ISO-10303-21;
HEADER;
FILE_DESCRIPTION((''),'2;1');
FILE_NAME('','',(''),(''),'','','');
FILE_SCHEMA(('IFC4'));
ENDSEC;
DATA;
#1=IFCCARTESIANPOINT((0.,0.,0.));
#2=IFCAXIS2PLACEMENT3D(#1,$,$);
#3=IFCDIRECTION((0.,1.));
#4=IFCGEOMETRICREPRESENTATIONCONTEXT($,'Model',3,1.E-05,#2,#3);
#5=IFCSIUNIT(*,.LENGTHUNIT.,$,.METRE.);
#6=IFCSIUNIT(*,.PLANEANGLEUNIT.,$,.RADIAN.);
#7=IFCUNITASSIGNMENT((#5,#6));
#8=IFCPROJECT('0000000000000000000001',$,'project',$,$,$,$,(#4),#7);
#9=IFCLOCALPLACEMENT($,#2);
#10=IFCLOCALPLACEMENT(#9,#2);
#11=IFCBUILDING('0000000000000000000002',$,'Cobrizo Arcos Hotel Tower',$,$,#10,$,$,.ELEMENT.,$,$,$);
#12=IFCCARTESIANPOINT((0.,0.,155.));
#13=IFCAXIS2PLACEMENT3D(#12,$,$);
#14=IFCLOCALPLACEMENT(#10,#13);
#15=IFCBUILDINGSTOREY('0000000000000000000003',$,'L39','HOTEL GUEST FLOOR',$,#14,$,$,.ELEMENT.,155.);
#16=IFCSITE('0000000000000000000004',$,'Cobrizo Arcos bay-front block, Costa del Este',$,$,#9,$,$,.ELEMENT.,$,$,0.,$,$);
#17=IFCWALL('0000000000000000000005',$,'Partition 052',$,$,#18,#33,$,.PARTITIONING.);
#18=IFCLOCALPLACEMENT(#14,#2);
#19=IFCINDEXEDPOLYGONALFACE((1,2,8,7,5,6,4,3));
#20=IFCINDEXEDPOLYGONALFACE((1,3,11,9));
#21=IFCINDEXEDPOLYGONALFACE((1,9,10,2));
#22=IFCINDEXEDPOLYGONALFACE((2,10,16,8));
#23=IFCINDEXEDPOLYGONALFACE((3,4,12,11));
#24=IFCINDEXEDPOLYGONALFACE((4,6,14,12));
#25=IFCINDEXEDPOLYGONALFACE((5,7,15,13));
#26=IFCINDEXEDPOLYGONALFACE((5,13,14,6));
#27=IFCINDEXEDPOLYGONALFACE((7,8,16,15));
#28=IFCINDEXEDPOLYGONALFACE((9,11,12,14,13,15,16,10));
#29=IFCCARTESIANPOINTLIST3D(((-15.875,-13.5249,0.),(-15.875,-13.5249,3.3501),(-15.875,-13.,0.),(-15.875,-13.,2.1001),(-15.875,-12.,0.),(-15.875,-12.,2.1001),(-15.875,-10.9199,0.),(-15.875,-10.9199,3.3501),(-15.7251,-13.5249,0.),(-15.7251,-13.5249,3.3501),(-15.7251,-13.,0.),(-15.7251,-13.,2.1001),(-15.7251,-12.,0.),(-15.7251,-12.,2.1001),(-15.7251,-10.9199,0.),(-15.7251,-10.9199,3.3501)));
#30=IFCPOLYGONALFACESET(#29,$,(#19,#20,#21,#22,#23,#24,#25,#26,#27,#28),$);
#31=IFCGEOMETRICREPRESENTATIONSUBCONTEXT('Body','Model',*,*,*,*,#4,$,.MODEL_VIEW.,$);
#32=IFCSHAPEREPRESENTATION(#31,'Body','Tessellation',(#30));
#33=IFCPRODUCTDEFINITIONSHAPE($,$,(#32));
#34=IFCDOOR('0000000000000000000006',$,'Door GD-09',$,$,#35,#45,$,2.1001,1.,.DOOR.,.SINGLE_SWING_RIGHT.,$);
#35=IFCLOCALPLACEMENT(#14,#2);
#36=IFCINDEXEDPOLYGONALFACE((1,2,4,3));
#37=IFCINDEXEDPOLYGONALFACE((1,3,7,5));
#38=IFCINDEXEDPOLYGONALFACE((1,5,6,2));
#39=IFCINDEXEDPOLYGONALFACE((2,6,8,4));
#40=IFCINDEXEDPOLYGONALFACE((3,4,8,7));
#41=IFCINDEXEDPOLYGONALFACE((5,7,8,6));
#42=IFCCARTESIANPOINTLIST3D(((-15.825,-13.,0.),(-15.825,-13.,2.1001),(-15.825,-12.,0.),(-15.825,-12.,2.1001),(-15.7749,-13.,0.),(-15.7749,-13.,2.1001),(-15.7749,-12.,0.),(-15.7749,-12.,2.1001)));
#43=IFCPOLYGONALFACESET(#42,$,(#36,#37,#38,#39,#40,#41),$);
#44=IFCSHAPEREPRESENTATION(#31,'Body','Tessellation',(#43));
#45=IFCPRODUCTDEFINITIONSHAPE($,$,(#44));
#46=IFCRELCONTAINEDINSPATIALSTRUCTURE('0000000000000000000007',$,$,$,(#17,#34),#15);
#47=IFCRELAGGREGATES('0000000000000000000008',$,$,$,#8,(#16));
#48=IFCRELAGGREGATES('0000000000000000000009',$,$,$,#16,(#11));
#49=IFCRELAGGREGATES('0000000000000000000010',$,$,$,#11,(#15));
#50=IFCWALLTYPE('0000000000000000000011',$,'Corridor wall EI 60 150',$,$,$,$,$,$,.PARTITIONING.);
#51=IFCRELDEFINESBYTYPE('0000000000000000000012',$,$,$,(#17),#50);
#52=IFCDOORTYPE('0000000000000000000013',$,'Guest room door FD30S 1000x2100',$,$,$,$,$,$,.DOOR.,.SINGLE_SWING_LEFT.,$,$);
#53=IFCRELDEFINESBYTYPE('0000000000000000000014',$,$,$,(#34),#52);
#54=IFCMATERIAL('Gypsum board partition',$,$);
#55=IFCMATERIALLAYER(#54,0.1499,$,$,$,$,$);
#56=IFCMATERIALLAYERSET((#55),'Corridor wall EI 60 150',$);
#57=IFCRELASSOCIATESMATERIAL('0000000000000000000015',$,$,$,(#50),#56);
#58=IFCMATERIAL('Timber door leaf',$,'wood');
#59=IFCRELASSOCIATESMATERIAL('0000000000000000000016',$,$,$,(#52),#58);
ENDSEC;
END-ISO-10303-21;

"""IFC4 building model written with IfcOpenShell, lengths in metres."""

from ifc_helpers import new_model, si_unit, direction, frame, frame_2d, origin, place, context, subcontext, project, spatial, rectangle, extrude, material, layer, layer_set, type_object, element, fill, save


model = new_model("IFC4")

# Units and contexts
model_context = context("Model", 3, precision=1e-05, world=origin(), true_north=direction((0.0, 1.0)))
body_context = subcontext(model_context, "Body", "Model", "MODEL_VIEW")
ifc_project = project(units=[si_unit("LENGTHUNIT", "METRE"), si_unit("PLANEANGLEUNIT", "RADIAN")], contexts=[model_context])

# Site, building, storey
site_placement = place(None, origin())
site = spatial("IfcSite", under=ifc_project, at=site_placement, Name="Cobrizo Arcos bay-front block, Costa del Este", CompositionType="ELEMENT", RefElevation=0.0)
building_placement = place(site_placement, origin())
building = spatial("IfcBuilding", under=site, at=building_placement, Name="Cobrizo Arcos Hotel Tower", CompositionType="ELEMENT")
storey_placement = place(building_placement, frame((0.0, 0.0, 155.0)))
storey = spatial("IfcBuildingStorey", under=building, at=storey_placement, Name="L39", Description="HOTEL GUEST FLOOR", CompositionType="ELEMENT", Elevation=155.0)

# Shared definitions
ifc_material_1 = material(Name="Gypsum board partition")
ifc_layer_1 = layer(ifc_material_1, 0.1499)
ifc_layer_set_1 = layer_set([ifc_layer_1], Name="Corridor wall EI 60 150")
wall_type_1 = type_object("IfcWallType", Name="Corridor wall EI 60 150", PredefinedType="PARTITIONING", material=ifc_layer_set_1)
ifc_material_2 = material(Name="Timber door leaf", Category="wood")
door_type_1 = type_object("IfcDoorType", Name="Guest room door FD30S 1000x2100", OperationType="SINGLE_SWING_LEFT", PredefinedType="DOOR", material=ifc_material_2)

# Wall, opening, door
wall_1_placement = place(storey_placement, frame((-15.8, -13.5249, 0.0), z_axis=(0.0, 0.0, 1.0), x_axis=(0.0, 1.0, 0.0)))
wall_1 = element("IfcWall", 1, at=wall_1_placement, inside=storey, type_object=wall_type_1, Name="Partition 052", PredefinedType="PARTITIONING", context=body_context, shape_type="SweptSolid", body=[
    extrude(rectangle(XDim=2.605, YDim=0.1499, at=frame_2d((1.3025, 0.0))), origin(), (0.0, 0.0, 1.0), 3.3501),
])
opening_1_placement = place(wall_1_placement, frame((0.5249, 0.0, 0.0)))
opening_1 = element("IfcOpeningElement", 2, at=opening_1_placement, cuts=wall_1, PredefinedType="OPENING", context=body_context, shape_type="SweptSolid", body=[
    extrude(rectangle(XDim=1.0, YDim=2.1001, at=frame_2d((0.5, 1.05))), frame((0.0, 0.0869, 0.0), z_axis=(0.0, -1.0, 0.0), x_axis=(1.0, 0.0, 0.0)), (0.0, 0.0, 1.0), 0.1738),
])
door_1_placement = place(opening_1_placement, origin())
door_1 = element("IfcDoor", 3, at=door_1_placement, inside=storey, type_object=door_type_1, Name="Door GD-09", OperationType="SINGLE_SWING_RIGHT", OverallHeight=2.1001, OverallWidth=1.0, PredefinedType="DOOR", context=body_context, shape_type="SweptSolid", body=[
    extrude(rectangle(XDim=1.0, YDim=2.1001, at=frame_2d((0.5, 1.05))), frame((0.0, 0.0249, 0.0), z_axis=(0.0, -1.0, 0.0), x_axis=(1.0, 0.0, 0.0)), (0.0, 0.0, 1.0), 0.05),
])
fill(opening_1, door_1)

save(model, "model.ifc")
